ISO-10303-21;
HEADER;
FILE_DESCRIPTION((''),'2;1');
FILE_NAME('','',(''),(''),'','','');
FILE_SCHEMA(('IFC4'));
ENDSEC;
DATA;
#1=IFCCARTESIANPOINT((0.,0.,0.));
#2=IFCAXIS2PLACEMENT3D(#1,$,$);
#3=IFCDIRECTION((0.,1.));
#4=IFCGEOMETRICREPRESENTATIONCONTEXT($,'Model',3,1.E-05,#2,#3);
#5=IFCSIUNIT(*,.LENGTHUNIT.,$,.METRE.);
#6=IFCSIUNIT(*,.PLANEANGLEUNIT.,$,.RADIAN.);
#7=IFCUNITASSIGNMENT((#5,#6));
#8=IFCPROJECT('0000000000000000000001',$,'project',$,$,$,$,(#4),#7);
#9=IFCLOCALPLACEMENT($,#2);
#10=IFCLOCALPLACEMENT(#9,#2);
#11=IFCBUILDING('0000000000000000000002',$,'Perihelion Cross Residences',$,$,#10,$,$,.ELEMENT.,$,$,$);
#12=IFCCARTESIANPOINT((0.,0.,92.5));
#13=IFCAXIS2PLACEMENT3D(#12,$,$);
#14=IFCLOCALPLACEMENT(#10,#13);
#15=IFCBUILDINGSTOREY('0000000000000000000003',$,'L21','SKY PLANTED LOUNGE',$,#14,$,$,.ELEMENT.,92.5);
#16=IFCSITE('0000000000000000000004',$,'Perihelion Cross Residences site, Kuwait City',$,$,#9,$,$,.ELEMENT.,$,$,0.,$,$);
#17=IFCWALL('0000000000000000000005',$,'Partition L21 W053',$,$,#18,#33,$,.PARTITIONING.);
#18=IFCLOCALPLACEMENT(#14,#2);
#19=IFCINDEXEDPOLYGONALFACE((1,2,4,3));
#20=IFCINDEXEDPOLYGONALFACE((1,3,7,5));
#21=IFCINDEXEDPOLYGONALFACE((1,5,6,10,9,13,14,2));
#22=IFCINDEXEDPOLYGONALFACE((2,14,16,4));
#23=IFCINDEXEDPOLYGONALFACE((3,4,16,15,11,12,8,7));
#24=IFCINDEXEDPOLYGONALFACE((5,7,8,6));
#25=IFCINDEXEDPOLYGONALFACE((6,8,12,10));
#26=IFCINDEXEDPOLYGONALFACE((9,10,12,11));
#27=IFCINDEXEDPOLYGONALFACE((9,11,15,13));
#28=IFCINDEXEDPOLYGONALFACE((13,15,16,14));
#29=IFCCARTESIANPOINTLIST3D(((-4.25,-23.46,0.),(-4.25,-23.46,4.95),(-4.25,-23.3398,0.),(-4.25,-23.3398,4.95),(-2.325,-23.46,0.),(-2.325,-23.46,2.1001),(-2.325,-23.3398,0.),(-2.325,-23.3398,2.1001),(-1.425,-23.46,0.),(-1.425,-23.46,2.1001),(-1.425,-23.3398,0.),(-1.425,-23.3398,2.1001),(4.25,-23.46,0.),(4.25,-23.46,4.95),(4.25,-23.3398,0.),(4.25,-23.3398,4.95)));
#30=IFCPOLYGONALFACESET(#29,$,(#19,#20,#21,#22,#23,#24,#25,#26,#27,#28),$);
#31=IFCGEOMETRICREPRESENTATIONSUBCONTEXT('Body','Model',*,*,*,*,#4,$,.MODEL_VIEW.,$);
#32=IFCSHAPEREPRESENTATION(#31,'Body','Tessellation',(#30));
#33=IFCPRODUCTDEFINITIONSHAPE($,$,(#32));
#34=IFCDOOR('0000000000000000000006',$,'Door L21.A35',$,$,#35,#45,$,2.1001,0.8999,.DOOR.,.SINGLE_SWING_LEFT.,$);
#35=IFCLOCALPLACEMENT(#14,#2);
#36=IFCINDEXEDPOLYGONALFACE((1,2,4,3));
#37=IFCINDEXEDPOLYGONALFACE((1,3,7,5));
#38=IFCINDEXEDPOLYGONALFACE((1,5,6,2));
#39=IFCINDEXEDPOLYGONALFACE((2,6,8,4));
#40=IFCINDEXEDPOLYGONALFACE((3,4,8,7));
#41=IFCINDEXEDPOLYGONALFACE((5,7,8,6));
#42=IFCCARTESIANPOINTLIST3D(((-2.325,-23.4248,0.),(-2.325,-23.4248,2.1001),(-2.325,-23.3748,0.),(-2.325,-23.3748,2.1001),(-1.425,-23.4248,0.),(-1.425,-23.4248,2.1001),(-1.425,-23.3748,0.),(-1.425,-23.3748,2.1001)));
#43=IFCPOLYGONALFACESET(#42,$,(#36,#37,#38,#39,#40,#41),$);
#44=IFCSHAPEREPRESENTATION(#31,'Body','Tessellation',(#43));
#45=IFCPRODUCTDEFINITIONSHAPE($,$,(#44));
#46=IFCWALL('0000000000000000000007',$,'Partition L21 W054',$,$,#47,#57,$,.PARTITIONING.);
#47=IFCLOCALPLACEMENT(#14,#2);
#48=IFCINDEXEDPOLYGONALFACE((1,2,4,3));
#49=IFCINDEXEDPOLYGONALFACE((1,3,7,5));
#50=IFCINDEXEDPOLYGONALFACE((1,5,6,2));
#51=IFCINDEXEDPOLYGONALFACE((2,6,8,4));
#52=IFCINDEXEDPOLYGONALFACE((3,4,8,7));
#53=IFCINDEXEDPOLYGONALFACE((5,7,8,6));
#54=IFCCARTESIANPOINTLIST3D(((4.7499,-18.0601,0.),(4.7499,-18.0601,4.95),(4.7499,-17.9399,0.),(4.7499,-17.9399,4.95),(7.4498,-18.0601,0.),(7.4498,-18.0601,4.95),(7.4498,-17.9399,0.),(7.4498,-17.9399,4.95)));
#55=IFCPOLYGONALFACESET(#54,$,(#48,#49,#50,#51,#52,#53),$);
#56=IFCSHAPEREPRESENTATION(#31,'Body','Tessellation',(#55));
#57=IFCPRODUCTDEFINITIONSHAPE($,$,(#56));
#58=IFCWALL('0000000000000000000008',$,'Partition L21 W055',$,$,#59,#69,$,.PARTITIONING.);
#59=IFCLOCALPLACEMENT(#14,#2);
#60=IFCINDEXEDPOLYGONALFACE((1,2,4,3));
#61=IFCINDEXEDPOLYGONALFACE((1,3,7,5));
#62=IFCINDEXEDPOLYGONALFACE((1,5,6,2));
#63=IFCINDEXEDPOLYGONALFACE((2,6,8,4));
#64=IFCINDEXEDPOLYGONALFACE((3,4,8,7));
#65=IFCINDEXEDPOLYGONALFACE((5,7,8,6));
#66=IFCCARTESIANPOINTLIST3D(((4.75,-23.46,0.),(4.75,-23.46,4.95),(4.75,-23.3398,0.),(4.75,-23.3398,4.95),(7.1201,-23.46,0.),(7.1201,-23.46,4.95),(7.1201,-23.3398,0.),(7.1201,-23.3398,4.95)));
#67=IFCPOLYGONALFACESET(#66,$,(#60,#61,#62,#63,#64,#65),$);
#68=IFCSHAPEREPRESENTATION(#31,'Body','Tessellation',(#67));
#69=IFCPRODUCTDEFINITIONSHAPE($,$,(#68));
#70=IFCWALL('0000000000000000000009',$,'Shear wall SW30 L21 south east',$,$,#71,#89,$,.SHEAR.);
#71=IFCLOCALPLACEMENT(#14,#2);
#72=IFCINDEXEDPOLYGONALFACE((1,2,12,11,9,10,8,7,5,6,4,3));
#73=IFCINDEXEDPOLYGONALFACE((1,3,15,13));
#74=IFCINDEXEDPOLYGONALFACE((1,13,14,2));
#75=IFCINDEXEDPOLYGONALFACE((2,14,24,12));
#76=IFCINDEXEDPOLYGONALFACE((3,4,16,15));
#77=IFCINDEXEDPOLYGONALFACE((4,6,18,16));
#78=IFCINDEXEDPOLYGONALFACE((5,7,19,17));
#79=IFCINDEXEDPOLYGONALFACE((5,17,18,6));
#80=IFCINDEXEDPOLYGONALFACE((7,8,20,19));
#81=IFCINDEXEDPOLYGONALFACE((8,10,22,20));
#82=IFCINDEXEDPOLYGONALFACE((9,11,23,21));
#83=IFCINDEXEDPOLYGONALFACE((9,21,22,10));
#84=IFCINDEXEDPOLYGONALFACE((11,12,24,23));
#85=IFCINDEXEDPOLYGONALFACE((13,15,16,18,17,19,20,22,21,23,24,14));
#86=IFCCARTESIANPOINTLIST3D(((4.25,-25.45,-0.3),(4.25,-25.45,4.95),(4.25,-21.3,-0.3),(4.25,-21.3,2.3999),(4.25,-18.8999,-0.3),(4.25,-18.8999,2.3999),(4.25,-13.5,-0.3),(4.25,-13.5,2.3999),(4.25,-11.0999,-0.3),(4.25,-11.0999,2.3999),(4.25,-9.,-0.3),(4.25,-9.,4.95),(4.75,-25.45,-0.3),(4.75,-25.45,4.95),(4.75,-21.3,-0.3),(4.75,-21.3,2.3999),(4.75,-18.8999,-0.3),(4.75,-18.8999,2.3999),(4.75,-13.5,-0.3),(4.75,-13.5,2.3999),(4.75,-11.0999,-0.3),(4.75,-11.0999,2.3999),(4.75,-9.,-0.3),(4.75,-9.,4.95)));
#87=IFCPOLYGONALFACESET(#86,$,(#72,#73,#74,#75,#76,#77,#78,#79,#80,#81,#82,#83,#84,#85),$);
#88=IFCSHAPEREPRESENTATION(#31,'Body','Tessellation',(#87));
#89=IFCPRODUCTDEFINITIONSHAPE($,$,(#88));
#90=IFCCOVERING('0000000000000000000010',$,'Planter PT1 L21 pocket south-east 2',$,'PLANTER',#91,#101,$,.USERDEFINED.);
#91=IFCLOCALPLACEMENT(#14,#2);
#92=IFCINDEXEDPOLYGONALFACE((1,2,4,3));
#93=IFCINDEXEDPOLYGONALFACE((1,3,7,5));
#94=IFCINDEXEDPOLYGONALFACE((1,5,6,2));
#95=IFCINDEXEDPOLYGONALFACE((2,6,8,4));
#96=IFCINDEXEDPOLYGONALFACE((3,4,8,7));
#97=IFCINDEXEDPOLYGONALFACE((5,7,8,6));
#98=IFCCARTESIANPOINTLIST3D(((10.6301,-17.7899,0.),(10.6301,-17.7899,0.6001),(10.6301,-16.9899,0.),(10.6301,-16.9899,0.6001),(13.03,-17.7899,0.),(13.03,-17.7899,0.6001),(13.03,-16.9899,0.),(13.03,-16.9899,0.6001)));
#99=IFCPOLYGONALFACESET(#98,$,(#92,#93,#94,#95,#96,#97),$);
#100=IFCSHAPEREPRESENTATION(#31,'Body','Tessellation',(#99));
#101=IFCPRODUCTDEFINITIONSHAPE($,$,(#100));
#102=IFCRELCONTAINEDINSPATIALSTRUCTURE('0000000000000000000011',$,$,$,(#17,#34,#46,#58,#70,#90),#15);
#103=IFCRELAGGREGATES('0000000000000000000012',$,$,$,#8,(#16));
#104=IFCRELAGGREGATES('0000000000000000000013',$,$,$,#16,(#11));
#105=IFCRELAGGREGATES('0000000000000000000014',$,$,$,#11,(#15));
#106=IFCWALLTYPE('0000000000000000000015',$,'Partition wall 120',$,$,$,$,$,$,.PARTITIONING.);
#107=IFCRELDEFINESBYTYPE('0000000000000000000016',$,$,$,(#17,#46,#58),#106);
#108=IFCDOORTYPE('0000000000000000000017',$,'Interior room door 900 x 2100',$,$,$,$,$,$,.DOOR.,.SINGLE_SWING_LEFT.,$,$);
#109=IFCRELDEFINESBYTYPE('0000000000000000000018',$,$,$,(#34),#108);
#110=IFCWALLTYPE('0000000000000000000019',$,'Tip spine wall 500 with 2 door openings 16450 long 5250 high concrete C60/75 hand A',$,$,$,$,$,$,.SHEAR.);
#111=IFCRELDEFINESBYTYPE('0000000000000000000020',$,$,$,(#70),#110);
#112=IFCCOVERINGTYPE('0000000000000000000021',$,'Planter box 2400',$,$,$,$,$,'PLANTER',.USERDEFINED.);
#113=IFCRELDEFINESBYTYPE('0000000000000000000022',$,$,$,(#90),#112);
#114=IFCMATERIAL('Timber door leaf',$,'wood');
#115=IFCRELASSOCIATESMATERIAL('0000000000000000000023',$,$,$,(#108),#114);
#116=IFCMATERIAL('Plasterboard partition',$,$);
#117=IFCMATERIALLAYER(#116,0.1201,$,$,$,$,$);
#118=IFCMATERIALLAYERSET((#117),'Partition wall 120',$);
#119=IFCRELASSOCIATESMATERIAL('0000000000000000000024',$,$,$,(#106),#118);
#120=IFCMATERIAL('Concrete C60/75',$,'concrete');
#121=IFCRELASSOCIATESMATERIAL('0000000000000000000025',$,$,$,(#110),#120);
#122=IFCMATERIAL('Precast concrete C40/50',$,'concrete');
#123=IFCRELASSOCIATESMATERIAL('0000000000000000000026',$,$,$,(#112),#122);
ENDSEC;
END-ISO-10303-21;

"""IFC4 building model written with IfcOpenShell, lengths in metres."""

from ifc_helpers import new_model, si_unit, direction, frame, frame_2d, origin, origin_2d, place, context, subcontext, project, spatial, polyline, rectangle, outline, extrude, material, layer, layer_set, material_profile, profile_set, type_object, element, fill, save


model = new_model("IFC4")

# Units and contexts
model_context = context("Model", 3, precision=1e-05, world=origin(), true_north=direction((0.0, 1.0)))
body_context = subcontext(model_context, "Body", "Model", "MODEL_VIEW")
ifc_project = project(units=[si_unit("LENGTHUNIT", "METRE"), si_unit("PLANEANGLEUNIT", "RADIAN")], contexts=[model_context])

# Site, building, storey
site_placement = place(None, origin())
site = spatial("IfcSite", under=ifc_project, at=site_placement, Name="Perihelion Cross Residences site, Kuwait City", CompositionType="ELEMENT", RefElevation=0.0)
building_placement = place(site_placement, origin())
building = spatial("IfcBuilding", under=site, at=building_placement, Name="Perihelion Cross Residences", CompositionType="ELEMENT")
storey_placement = place(building_placement, frame((0.0, 0.0, 92.5)))
storey = spatial("IfcBuildingStorey", under=building, at=storey_placement, Name="L21", Description="SKY PLANTED LOUNGE", CompositionType="ELEMENT", Elevation=92.5)

# Wall, opening, door
ifc_material_1 = material(Name="Timber door leaf", Category="wood")
door_type_1 = type_object("IfcDoorType", Name="Interior room door 900 x 2100", OperationType="SINGLE_SWING_LEFT", PredefinedType="DOOR", material=ifc_material_1)
ifc_material_2 = material(Name="Plasterboard partition")
ifc_layer_1 = layer(ifc_material_2, 0.1201)
ifc_layer_set_1 = layer_set([ifc_layer_1], Name="Partition wall 120")
wall_type_1 = type_object("IfcWallType", Name="Partition wall 120", PredefinedType="PARTITIONING", material=ifc_layer_set_1)
wall_1_placement = place(storey_placement, frame((4.25, -23.3999, 0.0), z_axis=(0.0, 0.0, 1.0), x_axis=(-1.0, 0.0, 0.0)))
wall_1 = element("IfcWall", 1, at=wall_1_placement, inside=storey, type_object=wall_type_1, Name="Partition L21 W053", PredefinedType="PARTITIONING", context=body_context, shape_type="SweptSolid", body=[
    extrude(rectangle(XDim=8.5, YDim=0.1201, at=frame_2d((4.25, 0.0))), origin(), (0.0, 0.0, 1.0), 4.95),
])
opening_1_placement = place(wall_1_placement, frame((5.675, 0.0, 0.0)))
opening_1 = element("IfcOpeningElement", 2, at=opening_1_placement, cuts=wall_1, PredefinedType="OPENING", context=body_context, shape_type="SweptSolid", body=[
    extrude(rectangle(XDim=0.8999, YDim=2.1001, at=frame_2d((0.45, 1.05))), frame((0.0, 0.0701, 0.0), z_axis=(0.0, -1.0, 0.0), x_axis=(1.0, 0.0, 0.0)), (0.0, 0.0, 1.0), 0.1401),
])
door_1_placement = place(opening_1_placement, origin())
door_1 = element("IfcDoor", 3, at=door_1_placement, inside=storey, type_object=door_type_1, Name="Door L21.A35", OperationType="SINGLE_SWING_LEFT", OverallHeight=2.1001, OverallWidth=0.8999, PredefinedType="DOOR", context=body_context, shape_type="SweptSolid", body=[
    extrude(rectangle(XDim=0.8999, YDim=2.1001, at=frame_2d((0.45, 1.05))), frame((0.0, 0.0249, 0.0), z_axis=(0.0, -1.0, 0.0), x_axis=(1.0, 0.0, 0.0)), (0.0, 0.0, 1.0), 0.05),
])
fill(opening_1, door_1)

# Walls
wall_2_placement = place(storey_placement, frame((7.45, -18.0, 0.0), z_axis=(0.0, 0.0, 1.0), x_axis=(-1.0, 0.0, 0.0)))
element("IfcWall", 4, at=wall_2_placement, inside=storey, type_object=wall_type_1, Name="Partition L21 W054", PredefinedType="PARTITIONING", context=body_context, shape_type="SweptSolid", body=[
    extrude(rectangle(XDim=2.7, YDim=0.1201, at=frame_2d((1.3501, 0.0))), origin(), (0.0, 0.0, 1.0), 4.95),
])
wall_3_placement = place(storey_placement, frame((7.1201, -23.3999, 0.0), z_axis=(0.0, 0.0, 1.0), x_axis=(-1.0, 0.0, 0.0)))
element("IfcWall", 5, at=wall_3_placement, inside=storey, type_object=wall_type_1, Name="Partition L21 W055", PredefinedType="PARTITIONING", context=body_context, shape_type="SweptSolid", body=[
    extrude(rectangle(XDim=2.3701, YDim=0.1201, at=frame_2d((1.1851, 0.0))), origin(), (0.0, 0.0, 1.0), 4.95),
])
ifc_material_3 = material(Name="Concrete C60/75", Category="concrete")
ifc_material_profile_1 = material_profile(ifc_material_3, outline(polyline([(0.0, 0.0), (4.1499, 0.0), (4.1499, 2.7), (6.55, 2.7), (6.55, 0.0), (11.95, 0.0), (11.95, 2.7), (14.3501, 2.7), (14.3501, 0.0), (16.45, 0.0), (16.45, 5.25), (0.0, 5.25), (0.0, 0.0)])), Name="Tip spine wall")
ifc_profile_set_1 = profile_set([ifc_material_profile_1], Name="Concrete C60/75")
wall_type_2 = type_object("IfcWallType", Name="Tip spine wall 500 with 2 door openings 16450 long 5250 high concrete C60/75 hand A", PredefinedType="SHEAR", material=ifc_profile_set_1)
wall_4_placement = place(storey_placement, frame((4.25, -25.45, -0.3), z_axis=(1.0, 0.0, 0.0), x_axis=(0.0, 1.0, 0.0)))
element("IfcWall", 6, at=wall_4_placement, inside=storey, type_object=wall_type_2, Name="Shear wall SW30 L21 south east", PredefinedType="SHEAR", context=body_context, shape_type="SweptSolid", body=[
    extrude(outline(polyline([(0.0, 0.0), (4.1499, 0.0), (4.1499, 2.7), (6.55, 2.7), (6.55, 0.0), (11.95, 0.0), (11.95, 2.7), (14.3501, 2.7), (14.3501, 0.0), (16.45, 0.0), (16.45, 5.25), (0.0, 5.25), (0.0, 0.0)])), origin(), (0.0, 0.0, 1.0), 0.5),
])

# Covering
ifc_material_4 = material(Name="Precast concrete C40/50", Category="concrete")
covering_type = type_object("IfcCoveringType", Name="Planter box 2400", ElementType="PLANTER", PredefinedType="USERDEFINED", material=ifc_material_4)
covering_placement = place(storey_placement, frame((11.8301, -17.3899, 0.0), z_axis=(0.0, 0.0, 1.0), x_axis=(-1.0, 0.0, 0.0)))
element("IfcCovering", 7, at=covering_placement, inside=storey, type_object=covering_type, Name="Planter PT1 L21 pocket south-east 2", ObjectType="PLANTER", PredefinedType="USERDEFINED", context=body_context, shape_type="SweptSolid", body=[
    extrude(rectangle(XDim=2.3999, YDim=0.8, at=origin_2d()), origin(), (0.0, 0.0, 1.0), 0.6001),
])

save(model, "model.ifc")
